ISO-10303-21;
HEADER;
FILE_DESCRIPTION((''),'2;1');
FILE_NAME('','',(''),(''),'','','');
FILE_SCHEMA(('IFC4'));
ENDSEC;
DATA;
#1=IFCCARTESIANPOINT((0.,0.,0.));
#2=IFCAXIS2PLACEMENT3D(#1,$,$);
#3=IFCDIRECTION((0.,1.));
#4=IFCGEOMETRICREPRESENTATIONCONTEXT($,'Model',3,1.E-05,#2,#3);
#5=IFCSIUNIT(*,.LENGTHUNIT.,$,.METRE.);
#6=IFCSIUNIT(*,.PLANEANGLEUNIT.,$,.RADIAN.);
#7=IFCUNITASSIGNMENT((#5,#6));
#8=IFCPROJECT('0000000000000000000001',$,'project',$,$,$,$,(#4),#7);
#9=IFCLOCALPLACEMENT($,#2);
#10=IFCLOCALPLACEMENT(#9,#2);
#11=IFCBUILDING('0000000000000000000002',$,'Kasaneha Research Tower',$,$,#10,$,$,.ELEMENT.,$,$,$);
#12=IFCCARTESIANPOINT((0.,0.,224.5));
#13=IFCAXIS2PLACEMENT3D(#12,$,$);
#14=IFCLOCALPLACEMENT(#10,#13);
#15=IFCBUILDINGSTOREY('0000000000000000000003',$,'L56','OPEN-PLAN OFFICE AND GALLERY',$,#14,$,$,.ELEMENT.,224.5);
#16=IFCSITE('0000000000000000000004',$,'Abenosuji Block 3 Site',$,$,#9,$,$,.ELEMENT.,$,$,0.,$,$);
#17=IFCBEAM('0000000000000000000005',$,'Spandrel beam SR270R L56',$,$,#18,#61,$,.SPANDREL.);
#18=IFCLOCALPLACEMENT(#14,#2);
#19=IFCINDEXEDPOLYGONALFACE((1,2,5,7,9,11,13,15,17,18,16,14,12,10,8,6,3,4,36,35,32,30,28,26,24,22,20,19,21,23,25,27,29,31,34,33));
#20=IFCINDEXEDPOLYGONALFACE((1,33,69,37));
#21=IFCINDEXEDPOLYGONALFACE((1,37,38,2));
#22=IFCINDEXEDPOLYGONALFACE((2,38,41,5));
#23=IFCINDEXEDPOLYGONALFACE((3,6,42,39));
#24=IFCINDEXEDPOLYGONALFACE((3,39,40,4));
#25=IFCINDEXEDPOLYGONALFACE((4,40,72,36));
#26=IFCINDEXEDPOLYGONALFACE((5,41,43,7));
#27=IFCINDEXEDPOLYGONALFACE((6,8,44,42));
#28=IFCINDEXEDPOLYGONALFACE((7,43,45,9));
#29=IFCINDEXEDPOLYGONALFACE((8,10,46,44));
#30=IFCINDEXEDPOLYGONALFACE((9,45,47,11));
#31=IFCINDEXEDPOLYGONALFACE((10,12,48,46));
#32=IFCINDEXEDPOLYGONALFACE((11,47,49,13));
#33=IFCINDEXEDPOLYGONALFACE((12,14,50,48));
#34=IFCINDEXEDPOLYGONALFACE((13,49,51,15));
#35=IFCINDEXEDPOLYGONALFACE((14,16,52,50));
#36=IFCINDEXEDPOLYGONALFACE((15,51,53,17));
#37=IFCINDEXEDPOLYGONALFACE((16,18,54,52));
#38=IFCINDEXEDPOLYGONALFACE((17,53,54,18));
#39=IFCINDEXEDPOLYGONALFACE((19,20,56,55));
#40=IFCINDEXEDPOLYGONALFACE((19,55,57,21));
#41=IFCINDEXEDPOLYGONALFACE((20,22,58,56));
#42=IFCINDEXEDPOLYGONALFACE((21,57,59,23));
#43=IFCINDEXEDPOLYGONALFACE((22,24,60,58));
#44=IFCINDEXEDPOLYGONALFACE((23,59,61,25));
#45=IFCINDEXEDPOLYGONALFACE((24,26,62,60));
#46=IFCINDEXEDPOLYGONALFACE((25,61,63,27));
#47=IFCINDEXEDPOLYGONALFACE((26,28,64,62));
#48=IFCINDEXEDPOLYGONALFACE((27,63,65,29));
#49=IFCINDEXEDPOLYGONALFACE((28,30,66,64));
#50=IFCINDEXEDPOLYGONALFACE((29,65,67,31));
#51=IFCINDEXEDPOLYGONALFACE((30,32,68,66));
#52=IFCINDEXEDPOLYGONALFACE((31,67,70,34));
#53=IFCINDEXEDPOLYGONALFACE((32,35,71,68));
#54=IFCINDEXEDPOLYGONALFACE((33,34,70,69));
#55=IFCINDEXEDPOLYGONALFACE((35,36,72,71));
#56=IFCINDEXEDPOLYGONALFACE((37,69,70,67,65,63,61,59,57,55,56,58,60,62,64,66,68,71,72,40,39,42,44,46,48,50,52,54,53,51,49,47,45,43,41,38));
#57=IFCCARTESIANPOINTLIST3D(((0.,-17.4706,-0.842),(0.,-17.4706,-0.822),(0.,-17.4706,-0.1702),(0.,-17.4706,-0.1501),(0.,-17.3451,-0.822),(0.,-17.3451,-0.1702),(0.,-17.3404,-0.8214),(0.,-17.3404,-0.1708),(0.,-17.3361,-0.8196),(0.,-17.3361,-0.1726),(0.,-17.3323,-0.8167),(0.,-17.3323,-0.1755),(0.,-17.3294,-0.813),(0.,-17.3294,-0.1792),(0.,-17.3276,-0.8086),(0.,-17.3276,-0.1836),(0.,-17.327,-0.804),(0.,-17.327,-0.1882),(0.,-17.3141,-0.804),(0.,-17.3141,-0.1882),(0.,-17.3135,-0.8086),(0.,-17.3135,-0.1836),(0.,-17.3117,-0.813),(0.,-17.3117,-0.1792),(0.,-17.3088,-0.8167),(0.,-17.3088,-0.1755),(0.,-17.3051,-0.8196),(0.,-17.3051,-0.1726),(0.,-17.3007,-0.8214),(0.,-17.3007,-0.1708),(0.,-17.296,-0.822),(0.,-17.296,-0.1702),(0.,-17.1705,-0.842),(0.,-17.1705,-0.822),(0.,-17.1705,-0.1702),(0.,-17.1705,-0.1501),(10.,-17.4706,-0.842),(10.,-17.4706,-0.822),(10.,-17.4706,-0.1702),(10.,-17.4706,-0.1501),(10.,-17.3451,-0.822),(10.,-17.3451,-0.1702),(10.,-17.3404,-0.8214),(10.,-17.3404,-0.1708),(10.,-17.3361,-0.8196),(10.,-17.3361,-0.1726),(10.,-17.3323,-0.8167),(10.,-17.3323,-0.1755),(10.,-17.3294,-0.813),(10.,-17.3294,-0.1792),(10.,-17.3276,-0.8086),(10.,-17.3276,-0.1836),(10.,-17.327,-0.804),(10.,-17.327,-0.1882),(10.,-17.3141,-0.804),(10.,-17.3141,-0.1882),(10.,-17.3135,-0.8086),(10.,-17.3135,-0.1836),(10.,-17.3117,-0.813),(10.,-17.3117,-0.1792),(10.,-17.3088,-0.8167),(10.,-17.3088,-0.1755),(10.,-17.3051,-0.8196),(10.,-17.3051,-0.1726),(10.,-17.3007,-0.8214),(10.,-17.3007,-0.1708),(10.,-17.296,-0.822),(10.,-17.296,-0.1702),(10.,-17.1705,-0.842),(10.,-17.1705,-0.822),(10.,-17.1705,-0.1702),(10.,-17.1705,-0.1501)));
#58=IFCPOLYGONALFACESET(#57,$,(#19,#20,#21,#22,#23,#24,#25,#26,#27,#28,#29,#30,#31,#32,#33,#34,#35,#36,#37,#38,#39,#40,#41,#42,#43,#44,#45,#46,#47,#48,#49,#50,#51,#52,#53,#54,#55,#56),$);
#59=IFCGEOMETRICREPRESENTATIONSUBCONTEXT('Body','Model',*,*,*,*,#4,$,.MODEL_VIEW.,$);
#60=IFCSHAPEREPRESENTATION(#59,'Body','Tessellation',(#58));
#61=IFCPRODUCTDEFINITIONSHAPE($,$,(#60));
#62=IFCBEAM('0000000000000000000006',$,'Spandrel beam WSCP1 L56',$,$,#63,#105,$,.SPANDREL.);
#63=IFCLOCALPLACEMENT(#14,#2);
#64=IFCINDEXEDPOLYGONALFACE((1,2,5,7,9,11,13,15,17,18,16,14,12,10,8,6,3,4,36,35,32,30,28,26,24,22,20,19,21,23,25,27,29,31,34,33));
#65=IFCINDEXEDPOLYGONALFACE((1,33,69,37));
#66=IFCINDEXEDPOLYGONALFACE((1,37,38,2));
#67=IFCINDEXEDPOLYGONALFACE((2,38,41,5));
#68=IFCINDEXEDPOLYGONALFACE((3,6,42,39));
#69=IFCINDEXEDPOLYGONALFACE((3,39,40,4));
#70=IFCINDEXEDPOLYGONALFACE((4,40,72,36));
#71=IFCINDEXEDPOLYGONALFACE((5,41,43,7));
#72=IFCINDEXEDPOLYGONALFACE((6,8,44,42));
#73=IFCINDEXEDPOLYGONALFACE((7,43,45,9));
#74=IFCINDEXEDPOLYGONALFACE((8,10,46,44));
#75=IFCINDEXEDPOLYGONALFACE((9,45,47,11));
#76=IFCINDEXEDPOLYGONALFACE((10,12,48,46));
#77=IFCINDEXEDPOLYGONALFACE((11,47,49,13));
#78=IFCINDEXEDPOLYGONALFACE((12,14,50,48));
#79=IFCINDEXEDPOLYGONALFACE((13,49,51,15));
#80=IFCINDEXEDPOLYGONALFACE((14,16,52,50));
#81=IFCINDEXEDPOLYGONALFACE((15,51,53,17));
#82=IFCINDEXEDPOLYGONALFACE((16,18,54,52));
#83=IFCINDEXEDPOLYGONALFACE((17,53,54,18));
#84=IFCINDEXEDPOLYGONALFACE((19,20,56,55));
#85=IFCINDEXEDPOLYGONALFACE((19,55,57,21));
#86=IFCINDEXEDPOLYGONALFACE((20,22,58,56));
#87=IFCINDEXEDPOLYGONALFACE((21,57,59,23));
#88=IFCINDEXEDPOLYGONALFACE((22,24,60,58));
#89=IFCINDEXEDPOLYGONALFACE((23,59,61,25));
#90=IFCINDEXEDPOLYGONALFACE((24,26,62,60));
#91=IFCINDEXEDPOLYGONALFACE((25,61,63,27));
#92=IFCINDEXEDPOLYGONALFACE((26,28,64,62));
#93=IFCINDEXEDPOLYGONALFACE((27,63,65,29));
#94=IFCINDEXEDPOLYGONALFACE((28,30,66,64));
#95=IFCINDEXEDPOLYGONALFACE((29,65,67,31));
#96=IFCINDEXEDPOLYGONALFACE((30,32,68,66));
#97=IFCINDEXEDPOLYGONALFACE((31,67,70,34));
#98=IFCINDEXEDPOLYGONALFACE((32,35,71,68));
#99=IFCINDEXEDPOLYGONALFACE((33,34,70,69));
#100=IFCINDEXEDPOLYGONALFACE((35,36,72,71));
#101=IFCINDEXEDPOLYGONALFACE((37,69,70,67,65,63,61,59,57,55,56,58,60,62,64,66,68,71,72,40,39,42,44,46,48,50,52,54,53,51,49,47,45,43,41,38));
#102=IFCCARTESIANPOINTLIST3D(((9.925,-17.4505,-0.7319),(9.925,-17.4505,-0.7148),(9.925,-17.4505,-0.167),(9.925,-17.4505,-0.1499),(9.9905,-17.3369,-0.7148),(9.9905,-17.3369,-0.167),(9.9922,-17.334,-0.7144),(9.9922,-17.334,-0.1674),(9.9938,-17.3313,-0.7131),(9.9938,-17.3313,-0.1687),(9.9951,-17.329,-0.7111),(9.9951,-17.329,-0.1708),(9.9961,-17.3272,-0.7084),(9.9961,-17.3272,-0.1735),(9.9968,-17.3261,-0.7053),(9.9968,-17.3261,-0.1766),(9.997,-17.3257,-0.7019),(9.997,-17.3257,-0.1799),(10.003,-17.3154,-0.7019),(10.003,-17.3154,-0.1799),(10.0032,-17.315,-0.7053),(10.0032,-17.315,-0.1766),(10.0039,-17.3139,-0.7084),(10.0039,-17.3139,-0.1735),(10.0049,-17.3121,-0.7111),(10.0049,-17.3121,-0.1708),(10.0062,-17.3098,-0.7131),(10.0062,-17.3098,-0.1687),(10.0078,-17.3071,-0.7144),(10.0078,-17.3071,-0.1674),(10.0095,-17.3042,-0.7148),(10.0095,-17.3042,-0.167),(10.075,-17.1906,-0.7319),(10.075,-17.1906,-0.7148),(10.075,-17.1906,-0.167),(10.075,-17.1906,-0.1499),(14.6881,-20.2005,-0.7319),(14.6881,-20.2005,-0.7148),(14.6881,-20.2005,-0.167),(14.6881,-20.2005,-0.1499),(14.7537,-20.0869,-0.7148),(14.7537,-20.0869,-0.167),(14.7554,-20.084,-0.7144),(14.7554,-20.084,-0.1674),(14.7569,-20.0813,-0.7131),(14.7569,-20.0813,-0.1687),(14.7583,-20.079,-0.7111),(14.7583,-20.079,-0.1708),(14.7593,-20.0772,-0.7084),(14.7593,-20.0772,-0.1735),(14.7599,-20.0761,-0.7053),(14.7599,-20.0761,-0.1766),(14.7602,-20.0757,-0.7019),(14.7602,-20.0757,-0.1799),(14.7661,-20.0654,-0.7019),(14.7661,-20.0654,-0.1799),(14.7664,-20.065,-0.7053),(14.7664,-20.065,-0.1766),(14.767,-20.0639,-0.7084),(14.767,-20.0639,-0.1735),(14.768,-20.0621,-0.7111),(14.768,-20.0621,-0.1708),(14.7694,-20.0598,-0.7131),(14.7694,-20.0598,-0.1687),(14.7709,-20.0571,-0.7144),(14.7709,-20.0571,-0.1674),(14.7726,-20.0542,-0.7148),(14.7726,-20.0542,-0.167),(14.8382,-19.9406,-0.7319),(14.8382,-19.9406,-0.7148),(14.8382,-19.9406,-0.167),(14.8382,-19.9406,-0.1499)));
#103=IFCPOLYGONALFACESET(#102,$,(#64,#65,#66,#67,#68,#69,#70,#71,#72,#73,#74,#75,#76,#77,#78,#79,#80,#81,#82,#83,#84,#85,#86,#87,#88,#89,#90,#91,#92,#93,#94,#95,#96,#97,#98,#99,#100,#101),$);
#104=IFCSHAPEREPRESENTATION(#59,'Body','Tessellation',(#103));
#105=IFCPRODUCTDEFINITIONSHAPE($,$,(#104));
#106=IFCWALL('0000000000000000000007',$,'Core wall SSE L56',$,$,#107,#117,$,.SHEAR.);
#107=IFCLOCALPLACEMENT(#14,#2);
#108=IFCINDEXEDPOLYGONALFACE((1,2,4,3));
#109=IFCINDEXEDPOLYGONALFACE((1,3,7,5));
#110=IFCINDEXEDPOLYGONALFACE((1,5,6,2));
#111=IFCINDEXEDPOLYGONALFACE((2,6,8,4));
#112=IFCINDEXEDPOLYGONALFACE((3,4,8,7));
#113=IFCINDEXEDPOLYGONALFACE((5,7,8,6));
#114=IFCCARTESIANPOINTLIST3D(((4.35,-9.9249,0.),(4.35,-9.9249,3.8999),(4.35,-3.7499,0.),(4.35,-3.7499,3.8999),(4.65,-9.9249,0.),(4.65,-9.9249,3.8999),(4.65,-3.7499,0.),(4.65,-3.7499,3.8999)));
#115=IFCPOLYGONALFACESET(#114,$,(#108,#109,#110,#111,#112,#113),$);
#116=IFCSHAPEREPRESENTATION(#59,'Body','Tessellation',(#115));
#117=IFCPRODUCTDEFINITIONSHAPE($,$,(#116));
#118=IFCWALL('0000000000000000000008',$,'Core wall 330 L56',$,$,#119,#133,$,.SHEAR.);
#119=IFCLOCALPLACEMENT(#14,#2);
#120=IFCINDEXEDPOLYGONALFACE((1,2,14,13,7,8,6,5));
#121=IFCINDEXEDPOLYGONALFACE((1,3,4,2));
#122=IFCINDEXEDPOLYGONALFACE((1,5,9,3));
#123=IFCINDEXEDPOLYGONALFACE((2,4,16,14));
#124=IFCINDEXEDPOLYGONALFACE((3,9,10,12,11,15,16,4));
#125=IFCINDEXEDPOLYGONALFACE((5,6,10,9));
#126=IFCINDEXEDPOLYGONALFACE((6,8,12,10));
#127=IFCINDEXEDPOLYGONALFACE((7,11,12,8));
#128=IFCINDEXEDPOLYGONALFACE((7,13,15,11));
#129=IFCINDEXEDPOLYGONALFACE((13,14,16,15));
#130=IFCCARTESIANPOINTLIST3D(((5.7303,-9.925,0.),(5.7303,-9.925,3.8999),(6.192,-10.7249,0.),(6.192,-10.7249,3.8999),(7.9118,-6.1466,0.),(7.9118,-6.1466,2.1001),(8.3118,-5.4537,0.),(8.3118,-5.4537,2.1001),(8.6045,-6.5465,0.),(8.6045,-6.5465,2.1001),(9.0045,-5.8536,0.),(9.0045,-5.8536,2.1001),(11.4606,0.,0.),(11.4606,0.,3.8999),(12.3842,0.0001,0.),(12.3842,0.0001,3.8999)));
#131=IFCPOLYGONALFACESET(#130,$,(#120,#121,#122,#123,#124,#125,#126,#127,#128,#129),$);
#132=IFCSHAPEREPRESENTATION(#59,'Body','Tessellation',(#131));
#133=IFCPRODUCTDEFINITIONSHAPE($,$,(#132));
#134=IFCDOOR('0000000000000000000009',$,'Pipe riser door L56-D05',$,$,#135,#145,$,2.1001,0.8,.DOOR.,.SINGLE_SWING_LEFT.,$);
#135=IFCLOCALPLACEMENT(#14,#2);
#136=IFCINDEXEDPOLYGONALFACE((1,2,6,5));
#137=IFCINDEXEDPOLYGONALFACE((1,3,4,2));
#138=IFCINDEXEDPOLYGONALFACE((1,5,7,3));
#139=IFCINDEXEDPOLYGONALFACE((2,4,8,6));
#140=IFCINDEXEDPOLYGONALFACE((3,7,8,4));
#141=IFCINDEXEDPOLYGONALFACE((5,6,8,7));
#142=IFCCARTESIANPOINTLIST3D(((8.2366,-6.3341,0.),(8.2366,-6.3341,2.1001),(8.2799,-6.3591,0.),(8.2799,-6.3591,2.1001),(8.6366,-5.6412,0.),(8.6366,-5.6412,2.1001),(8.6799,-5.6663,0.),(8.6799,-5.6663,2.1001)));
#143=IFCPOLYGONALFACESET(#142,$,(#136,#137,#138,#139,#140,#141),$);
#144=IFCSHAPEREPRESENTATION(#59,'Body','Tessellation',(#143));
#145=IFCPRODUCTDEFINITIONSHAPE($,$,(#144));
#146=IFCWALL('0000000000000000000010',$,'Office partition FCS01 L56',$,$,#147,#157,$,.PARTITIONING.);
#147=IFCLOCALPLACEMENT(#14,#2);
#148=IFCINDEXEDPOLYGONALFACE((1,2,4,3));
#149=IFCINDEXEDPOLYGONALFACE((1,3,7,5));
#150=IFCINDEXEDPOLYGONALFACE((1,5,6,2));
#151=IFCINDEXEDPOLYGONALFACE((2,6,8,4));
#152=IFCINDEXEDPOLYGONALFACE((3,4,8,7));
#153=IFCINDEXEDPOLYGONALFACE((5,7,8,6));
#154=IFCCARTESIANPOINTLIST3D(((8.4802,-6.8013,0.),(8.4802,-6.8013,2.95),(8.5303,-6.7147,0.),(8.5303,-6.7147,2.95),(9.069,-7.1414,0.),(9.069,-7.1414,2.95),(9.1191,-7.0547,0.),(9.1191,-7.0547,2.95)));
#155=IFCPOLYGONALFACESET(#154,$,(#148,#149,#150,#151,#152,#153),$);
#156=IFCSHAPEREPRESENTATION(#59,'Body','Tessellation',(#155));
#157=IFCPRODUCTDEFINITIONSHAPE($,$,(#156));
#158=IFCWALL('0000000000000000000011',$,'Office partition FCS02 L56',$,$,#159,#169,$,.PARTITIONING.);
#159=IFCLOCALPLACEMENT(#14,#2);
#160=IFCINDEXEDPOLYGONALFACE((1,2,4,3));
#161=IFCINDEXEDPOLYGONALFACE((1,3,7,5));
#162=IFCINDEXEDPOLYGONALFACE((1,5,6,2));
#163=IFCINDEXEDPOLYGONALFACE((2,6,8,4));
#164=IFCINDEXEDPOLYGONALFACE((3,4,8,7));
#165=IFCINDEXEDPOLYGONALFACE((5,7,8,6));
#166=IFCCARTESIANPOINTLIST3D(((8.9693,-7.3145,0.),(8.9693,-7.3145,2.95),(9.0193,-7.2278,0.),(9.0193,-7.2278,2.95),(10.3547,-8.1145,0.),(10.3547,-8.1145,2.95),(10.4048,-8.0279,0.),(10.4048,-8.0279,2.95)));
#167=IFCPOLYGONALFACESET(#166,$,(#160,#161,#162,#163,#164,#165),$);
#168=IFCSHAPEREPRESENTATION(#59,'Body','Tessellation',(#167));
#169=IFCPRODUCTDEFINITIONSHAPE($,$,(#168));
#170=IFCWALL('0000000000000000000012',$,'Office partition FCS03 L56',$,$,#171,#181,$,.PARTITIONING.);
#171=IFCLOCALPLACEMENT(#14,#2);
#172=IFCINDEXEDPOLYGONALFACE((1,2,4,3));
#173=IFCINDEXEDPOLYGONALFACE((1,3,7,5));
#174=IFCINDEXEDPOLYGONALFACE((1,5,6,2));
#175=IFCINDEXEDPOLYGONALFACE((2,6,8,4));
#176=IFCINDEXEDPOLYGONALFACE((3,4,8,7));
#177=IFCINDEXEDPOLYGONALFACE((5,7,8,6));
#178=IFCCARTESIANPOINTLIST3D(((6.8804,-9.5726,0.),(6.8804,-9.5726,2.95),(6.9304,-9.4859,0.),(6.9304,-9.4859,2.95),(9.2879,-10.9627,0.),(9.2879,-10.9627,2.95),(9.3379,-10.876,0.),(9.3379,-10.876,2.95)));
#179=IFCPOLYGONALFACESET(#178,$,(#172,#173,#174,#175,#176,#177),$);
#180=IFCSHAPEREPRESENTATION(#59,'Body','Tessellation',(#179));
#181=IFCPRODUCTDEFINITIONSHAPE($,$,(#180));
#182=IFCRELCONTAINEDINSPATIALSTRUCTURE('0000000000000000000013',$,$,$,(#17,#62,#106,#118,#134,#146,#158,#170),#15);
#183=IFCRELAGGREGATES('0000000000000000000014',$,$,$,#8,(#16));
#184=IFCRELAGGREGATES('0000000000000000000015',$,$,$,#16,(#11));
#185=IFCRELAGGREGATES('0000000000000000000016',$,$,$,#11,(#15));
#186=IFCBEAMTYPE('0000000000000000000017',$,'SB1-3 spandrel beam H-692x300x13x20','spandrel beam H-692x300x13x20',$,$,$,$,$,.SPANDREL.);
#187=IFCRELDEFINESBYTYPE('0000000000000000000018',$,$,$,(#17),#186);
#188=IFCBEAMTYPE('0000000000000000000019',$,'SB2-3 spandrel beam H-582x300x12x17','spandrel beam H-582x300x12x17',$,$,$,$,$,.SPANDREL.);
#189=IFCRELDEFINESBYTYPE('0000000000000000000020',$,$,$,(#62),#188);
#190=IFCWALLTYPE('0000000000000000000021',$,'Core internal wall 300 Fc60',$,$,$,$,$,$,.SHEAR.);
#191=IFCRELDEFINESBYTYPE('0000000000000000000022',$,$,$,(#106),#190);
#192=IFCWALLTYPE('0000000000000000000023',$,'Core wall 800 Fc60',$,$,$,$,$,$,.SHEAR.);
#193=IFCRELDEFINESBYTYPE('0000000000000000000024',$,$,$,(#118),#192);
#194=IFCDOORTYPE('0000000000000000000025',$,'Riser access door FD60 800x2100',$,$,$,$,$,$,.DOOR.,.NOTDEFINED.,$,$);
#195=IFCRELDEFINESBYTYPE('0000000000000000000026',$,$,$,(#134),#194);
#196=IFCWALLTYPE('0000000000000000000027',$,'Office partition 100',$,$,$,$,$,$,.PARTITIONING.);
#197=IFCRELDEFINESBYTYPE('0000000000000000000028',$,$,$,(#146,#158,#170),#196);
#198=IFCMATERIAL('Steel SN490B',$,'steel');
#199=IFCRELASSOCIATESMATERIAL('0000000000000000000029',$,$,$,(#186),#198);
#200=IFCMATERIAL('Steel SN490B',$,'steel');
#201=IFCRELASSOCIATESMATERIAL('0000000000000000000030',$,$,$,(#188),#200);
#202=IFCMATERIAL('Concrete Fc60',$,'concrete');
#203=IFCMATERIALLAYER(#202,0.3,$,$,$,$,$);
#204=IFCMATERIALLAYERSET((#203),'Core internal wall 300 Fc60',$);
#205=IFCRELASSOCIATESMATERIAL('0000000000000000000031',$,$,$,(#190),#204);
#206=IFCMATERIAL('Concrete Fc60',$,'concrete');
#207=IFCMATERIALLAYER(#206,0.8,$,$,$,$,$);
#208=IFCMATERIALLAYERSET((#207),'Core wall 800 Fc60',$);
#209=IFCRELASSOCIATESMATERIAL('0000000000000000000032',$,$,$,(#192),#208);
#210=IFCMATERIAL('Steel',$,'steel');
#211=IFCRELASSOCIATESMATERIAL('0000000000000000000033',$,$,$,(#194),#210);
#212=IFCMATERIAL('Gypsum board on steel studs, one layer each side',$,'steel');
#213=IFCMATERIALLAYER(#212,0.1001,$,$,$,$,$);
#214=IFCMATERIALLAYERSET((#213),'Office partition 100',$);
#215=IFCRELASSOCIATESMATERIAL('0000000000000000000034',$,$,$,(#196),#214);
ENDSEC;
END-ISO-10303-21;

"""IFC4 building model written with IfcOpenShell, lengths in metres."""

from ifc_helpers import new_model, si_unit, direction, frame, frame_2d, origin, origin_2d, place, context, subcontext, project, spatial, polyline, rectangle, i_section, outline, extrude, material, layer, layer_set, material_profile, profile_set, type_object, element, fill, save


model = new_model("IFC4")

# Units and contexts
model_context = context("Model", 3, precision=1e-05, world=origin(), true_north=direction((0.0, 1.0)))
body_context = subcontext(model_context, "Body", "Model", "MODEL_VIEW")
ifc_project = project(units=[si_unit("LENGTHUNIT", "METRE"), si_unit("PLANEANGLEUNIT", "RADIAN")], contexts=[model_context])

# Site, building, storey
site_placement = place(None, origin())
site = spatial("IfcSite", under=ifc_project, at=site_placement, Name="Abenosuji Block 3 Site", CompositionType="ELEMENT", RefElevation=0.0)
building_placement = place(site_placement, origin())
building = spatial("IfcBuilding", under=site, at=building_placement, Name="Kasaneha Research Tower", CompositionType="ELEMENT")
storey_placement = place(building_placement, frame((0.0, 0.0, 224.5)))
storey = spatial("IfcBuildingStorey", under=building, at=storey_placement, Name="L56", Description="OPEN-PLAN OFFICE AND GALLERY", CompositionType="ELEMENT", Elevation=224.5)

# Beams
ifc_material_1 = material(Name="Steel SN490B", Category="steel")
ifc_material_profile_1 = material_profile(ifc_material_1, i_section(OverallWidth=0.3, OverallDepth=0.6919, WebThickness=0.0129, FlangeThickness=0.02, FilletRadius=0.0181, at=origin_2d()), Name="H-692x300x13x20")
ifc_profile_set_1 = profile_set([ifc_material_profile_1], Name="Steel SN490B")
beam_type_1 = type_object("IfcBeamType", Name="SB1-3 spandrel beam H-692x300x13x20", Description="spandrel beam H-692x300x13x20", PredefinedType="SPANDREL", material=ifc_profile_set_1)
beam_1_placement = place(storey_placement, frame((10.0, -17.3206, -0.4961), z_axis=(-1.0, 0.0, 0.0), x_axis=(0.0, -1.0, 0.0)))
element("IfcBeam", 1, at=beam_1_placement, inside=storey, type_object=beam_type_1, Name="Spandrel beam SR270R L56", PredefinedType="SPANDREL", context=body_context, shape_type="SweptSolid", body=[
    extrude(i_section(OverallWidth=0.3, OverallDepth=0.6919, WebThickness=0.0129, FlangeThickness=0.02, FilletRadius=0.0181, at=origin_2d()), origin(), (0.0, 0.0, 1.0), 10.0),
])
ifc_material_2 = material(Name="Steel SN490B", Category="steel")
ifc_material_profile_2 = material_profile(ifc_material_2, i_section(OverallWidth=0.3, OverallDepth=0.582, WebThickness=0.012, FlangeThickness=0.0171, FilletRadius=0.0129, at=origin_2d()), Name="H-582x300x12x17")
ifc_profile_set_2 = profile_set([ifc_material_profile_2], Name="Steel SN490B")
beam_type_2 = type_object("IfcBeamType", Name="SB2-3 spandrel beam H-582x300x12x17", Description="spandrel beam H-582x300x12x17", PredefinedType="SPANDREL", material=ifc_profile_set_2)
beam_2_placement = place(storey_placement, frame((10.0, -17.3206, -0.4409), z_axis=(0.866027, -0.499997, 0.0), x_axis=(0.499997, 0.866027, 0.0)))
element("IfcBeam", 2, at=beam_2_placement, inside=storey, type_object=beam_type_2, Name="Spandrel beam WSCP1 L56", PredefinedType="SPANDREL", context=body_context, shape_type="SweptSolid", body=[
    extrude(i_section(OverallWidth=0.3, OverallDepth=0.582, WebThickness=0.012, FlangeThickness=0.0171, FilletRadius=0.0129, at=origin_2d()), origin(), (0.0, 0.0, 1.0), 5.5),
])

# Wall
ifc_material_3 = material(Name="Concrete Fc60", Category="concrete")
ifc_layer_1 = layer(ifc_material_3, 0.3)
ifc_layer_set_1 = layer_set([ifc_layer_1], Name="Core internal wall 300 Fc60")
wall_type_1 = type_object("IfcWallType", Name="Core internal wall 300 Fc60", PredefinedType="SHEAR", material=ifc_layer_set_1)
wall_1_placement = place(storey_placement, frame((4.5, -3.75, 0.0), z_axis=(0.0, 0.0, 1.0), x_axis=(0.0, -1.0, 0.0)))
element("IfcWall", 3, at=wall_1_placement, inside=storey, type_object=wall_type_1, Name="Core wall SSE L56", PredefinedType="SHEAR", context=body_context, shape_type="SweptSolid", body=[
    extrude(rectangle(XDim=6.175, YDim=0.3, at=frame_2d((3.0874, 0.0))), origin(), (0.0, 0.0, 1.0), 3.8999),
])

# Wall, opening, door
ifc_material_4 = material(Name="Concrete Fc60", Category="concrete")
ifc_layer_2 = layer(ifc_material_4, 0.8)
ifc_layer_set_2 = layer_set([ifc_layer_2], Name="Core wall 800 Fc60")
wall_type_2 = type_object("IfcWallType", Name="Core wall 800 Fc60", PredefinedType="SHEAR", material=ifc_layer_set_2)
wall_2_placement = place(storey_placement, frame((5.9612, -10.325, 0.0), z_axis=(0.0, 0.0, 1.0), x_axis=(0.500004, 0.866023, 0.0)))
wall_2 = element("IfcWall", 4, at=wall_2_placement, inside=storey, type_object=wall_type_2, Name="Core wall 330 L56", PredefinedType="SHEAR", context=body_context, shape_type="SweptSolid", body=[
    extrude(outline(polyline([(-0.231, -0.3999), (4.594, -0.3999), (5.394, -0.3999), (12.1533, -0.3999), (11.6914, 0.3999), (5.394, 0.3999), (4.594, 0.3999), (0.231, 0.3999), (-0.231, -0.3999)])), origin(), (0.0, 0.0, 1.0), 3.8999),
])
opening_1_placement = place(wall_2_placement, frame((4.594, 0.0, 0.0)))
opening_1 = element("IfcOpeningElement", 5, at=opening_1_placement, cuts=wall_2, PredefinedType="OPENING", context=body_context, shape_type="SweptSolid", body=[
    extrude(rectangle(XDim=0.8, YDim=2.1001, at=frame_2d((0.3999, 1.05))), frame((0.0, 0.4102, 0.0), z_axis=(0.0, -1.0, 0.0), x_axis=(1.0, 0.0, 0.0)), (0.0, 0.0, 1.0), 0.8201),
])
ifc_material_5 = material(Name="Steel", Category="steel")
door_type_1 = type_object("IfcDoorType", Name="Riser access door FD60 800x2100", OperationType="NOTDEFINED", PredefinedType="DOOR", material=ifc_material_5)
door_1_placement = place(opening_1_placement, origin())
door_1 = element("IfcDoor", 6, at=door_1_placement, inside=storey, type_object=door_type_1, Name="Pipe riser door L56-D05", OperationType="SINGLE_SWING_LEFT", OverallHeight=2.1001, OverallWidth=0.8, PredefinedType="DOOR", context=body_context, shape_type="SweptSolid", body=[
    extrude(rectangle(XDim=0.8, YDim=2.1001, at=frame_2d((0.3999, 1.05))), frame((0.0, 0.0249, 0.0), z_axis=(0.0, -1.0, 0.0), x_axis=(1.0, 0.0, 0.0)), (0.0, 0.0, 1.0), 0.05),
])
fill(opening_1, door_1)

# Walls
ifc_material_6 = material(Name="Gypsum board on steel studs, one layer each side", Category="steel")
ifc_layer_3 = layer(ifc_material_6, 0.1001)
ifc_layer_set_3 = layer_set([ifc_layer_3], Name="Office partition 100")
wall_type_3 = type_object("IfcWallType", Name="Office partition 100", PredefinedType="PARTITIONING", material=ifc_layer_set_3)
wall_3_placement = place(storey_placement, frame((8.5054, -6.7581, 0.0), z_axis=(0.0, 0.0, 1.0), x_axis=(0.865958, -0.500116, 0.0)))
element("IfcWall", 7, at=wall_3_placement, inside=storey, type_object=wall_type_3, Name="Office partition FCS01 L56", PredefinedType="PARTITIONING", context=body_context, shape_type="SweptSolid", body=[
    extrude(rectangle(XDim=0.6799, YDim=0.1001, at=frame_2d((0.3398, 0.0))), origin(), (0.0, 0.0, 1.0), 2.95),
])
wall_4_placement = place(storey_placement, frame((8.9944, -7.2712, 0.0), z_axis=(0.0, 0.0, 1.0), x_axis=(0.86599, -0.500061, 0.0)))
element("IfcWall", 8, at=wall_4_placement, inside=storey, type_object=wall_type_3, Name="Office partition FCS02 L56", PredefinedType="PARTITIONING", context=body_context, shape_type="SweptSolid", body=[
    extrude(rectangle(XDim=1.5999, YDim=0.1001, at=frame_2d((0.7998, 0.0))), origin(), (0.0, 0.0, 1.0), 2.95),
])
wall_5_placement = place(storey_placement, frame((9.313, -10.9194, 0.0), z_axis=(0.0, 0.0, 1.0), x_axis=(-0.865997, 0.500049, 0.0)))
element("IfcWall", 9, at=wall_5_placement, inside=storey, type_object=wall_type_3, Name="Office partition FCS03 L56", PredefinedType="PARTITIONING", context=body_context, shape_type="SweptSolid", body=[
    extrude(rectangle(XDim=2.78, YDim=0.1001, at=frame_2d((1.3901, 0.0))), origin(), (0.0, 0.0, 1.0), 2.95),
])

save(model, "model.ifc")
